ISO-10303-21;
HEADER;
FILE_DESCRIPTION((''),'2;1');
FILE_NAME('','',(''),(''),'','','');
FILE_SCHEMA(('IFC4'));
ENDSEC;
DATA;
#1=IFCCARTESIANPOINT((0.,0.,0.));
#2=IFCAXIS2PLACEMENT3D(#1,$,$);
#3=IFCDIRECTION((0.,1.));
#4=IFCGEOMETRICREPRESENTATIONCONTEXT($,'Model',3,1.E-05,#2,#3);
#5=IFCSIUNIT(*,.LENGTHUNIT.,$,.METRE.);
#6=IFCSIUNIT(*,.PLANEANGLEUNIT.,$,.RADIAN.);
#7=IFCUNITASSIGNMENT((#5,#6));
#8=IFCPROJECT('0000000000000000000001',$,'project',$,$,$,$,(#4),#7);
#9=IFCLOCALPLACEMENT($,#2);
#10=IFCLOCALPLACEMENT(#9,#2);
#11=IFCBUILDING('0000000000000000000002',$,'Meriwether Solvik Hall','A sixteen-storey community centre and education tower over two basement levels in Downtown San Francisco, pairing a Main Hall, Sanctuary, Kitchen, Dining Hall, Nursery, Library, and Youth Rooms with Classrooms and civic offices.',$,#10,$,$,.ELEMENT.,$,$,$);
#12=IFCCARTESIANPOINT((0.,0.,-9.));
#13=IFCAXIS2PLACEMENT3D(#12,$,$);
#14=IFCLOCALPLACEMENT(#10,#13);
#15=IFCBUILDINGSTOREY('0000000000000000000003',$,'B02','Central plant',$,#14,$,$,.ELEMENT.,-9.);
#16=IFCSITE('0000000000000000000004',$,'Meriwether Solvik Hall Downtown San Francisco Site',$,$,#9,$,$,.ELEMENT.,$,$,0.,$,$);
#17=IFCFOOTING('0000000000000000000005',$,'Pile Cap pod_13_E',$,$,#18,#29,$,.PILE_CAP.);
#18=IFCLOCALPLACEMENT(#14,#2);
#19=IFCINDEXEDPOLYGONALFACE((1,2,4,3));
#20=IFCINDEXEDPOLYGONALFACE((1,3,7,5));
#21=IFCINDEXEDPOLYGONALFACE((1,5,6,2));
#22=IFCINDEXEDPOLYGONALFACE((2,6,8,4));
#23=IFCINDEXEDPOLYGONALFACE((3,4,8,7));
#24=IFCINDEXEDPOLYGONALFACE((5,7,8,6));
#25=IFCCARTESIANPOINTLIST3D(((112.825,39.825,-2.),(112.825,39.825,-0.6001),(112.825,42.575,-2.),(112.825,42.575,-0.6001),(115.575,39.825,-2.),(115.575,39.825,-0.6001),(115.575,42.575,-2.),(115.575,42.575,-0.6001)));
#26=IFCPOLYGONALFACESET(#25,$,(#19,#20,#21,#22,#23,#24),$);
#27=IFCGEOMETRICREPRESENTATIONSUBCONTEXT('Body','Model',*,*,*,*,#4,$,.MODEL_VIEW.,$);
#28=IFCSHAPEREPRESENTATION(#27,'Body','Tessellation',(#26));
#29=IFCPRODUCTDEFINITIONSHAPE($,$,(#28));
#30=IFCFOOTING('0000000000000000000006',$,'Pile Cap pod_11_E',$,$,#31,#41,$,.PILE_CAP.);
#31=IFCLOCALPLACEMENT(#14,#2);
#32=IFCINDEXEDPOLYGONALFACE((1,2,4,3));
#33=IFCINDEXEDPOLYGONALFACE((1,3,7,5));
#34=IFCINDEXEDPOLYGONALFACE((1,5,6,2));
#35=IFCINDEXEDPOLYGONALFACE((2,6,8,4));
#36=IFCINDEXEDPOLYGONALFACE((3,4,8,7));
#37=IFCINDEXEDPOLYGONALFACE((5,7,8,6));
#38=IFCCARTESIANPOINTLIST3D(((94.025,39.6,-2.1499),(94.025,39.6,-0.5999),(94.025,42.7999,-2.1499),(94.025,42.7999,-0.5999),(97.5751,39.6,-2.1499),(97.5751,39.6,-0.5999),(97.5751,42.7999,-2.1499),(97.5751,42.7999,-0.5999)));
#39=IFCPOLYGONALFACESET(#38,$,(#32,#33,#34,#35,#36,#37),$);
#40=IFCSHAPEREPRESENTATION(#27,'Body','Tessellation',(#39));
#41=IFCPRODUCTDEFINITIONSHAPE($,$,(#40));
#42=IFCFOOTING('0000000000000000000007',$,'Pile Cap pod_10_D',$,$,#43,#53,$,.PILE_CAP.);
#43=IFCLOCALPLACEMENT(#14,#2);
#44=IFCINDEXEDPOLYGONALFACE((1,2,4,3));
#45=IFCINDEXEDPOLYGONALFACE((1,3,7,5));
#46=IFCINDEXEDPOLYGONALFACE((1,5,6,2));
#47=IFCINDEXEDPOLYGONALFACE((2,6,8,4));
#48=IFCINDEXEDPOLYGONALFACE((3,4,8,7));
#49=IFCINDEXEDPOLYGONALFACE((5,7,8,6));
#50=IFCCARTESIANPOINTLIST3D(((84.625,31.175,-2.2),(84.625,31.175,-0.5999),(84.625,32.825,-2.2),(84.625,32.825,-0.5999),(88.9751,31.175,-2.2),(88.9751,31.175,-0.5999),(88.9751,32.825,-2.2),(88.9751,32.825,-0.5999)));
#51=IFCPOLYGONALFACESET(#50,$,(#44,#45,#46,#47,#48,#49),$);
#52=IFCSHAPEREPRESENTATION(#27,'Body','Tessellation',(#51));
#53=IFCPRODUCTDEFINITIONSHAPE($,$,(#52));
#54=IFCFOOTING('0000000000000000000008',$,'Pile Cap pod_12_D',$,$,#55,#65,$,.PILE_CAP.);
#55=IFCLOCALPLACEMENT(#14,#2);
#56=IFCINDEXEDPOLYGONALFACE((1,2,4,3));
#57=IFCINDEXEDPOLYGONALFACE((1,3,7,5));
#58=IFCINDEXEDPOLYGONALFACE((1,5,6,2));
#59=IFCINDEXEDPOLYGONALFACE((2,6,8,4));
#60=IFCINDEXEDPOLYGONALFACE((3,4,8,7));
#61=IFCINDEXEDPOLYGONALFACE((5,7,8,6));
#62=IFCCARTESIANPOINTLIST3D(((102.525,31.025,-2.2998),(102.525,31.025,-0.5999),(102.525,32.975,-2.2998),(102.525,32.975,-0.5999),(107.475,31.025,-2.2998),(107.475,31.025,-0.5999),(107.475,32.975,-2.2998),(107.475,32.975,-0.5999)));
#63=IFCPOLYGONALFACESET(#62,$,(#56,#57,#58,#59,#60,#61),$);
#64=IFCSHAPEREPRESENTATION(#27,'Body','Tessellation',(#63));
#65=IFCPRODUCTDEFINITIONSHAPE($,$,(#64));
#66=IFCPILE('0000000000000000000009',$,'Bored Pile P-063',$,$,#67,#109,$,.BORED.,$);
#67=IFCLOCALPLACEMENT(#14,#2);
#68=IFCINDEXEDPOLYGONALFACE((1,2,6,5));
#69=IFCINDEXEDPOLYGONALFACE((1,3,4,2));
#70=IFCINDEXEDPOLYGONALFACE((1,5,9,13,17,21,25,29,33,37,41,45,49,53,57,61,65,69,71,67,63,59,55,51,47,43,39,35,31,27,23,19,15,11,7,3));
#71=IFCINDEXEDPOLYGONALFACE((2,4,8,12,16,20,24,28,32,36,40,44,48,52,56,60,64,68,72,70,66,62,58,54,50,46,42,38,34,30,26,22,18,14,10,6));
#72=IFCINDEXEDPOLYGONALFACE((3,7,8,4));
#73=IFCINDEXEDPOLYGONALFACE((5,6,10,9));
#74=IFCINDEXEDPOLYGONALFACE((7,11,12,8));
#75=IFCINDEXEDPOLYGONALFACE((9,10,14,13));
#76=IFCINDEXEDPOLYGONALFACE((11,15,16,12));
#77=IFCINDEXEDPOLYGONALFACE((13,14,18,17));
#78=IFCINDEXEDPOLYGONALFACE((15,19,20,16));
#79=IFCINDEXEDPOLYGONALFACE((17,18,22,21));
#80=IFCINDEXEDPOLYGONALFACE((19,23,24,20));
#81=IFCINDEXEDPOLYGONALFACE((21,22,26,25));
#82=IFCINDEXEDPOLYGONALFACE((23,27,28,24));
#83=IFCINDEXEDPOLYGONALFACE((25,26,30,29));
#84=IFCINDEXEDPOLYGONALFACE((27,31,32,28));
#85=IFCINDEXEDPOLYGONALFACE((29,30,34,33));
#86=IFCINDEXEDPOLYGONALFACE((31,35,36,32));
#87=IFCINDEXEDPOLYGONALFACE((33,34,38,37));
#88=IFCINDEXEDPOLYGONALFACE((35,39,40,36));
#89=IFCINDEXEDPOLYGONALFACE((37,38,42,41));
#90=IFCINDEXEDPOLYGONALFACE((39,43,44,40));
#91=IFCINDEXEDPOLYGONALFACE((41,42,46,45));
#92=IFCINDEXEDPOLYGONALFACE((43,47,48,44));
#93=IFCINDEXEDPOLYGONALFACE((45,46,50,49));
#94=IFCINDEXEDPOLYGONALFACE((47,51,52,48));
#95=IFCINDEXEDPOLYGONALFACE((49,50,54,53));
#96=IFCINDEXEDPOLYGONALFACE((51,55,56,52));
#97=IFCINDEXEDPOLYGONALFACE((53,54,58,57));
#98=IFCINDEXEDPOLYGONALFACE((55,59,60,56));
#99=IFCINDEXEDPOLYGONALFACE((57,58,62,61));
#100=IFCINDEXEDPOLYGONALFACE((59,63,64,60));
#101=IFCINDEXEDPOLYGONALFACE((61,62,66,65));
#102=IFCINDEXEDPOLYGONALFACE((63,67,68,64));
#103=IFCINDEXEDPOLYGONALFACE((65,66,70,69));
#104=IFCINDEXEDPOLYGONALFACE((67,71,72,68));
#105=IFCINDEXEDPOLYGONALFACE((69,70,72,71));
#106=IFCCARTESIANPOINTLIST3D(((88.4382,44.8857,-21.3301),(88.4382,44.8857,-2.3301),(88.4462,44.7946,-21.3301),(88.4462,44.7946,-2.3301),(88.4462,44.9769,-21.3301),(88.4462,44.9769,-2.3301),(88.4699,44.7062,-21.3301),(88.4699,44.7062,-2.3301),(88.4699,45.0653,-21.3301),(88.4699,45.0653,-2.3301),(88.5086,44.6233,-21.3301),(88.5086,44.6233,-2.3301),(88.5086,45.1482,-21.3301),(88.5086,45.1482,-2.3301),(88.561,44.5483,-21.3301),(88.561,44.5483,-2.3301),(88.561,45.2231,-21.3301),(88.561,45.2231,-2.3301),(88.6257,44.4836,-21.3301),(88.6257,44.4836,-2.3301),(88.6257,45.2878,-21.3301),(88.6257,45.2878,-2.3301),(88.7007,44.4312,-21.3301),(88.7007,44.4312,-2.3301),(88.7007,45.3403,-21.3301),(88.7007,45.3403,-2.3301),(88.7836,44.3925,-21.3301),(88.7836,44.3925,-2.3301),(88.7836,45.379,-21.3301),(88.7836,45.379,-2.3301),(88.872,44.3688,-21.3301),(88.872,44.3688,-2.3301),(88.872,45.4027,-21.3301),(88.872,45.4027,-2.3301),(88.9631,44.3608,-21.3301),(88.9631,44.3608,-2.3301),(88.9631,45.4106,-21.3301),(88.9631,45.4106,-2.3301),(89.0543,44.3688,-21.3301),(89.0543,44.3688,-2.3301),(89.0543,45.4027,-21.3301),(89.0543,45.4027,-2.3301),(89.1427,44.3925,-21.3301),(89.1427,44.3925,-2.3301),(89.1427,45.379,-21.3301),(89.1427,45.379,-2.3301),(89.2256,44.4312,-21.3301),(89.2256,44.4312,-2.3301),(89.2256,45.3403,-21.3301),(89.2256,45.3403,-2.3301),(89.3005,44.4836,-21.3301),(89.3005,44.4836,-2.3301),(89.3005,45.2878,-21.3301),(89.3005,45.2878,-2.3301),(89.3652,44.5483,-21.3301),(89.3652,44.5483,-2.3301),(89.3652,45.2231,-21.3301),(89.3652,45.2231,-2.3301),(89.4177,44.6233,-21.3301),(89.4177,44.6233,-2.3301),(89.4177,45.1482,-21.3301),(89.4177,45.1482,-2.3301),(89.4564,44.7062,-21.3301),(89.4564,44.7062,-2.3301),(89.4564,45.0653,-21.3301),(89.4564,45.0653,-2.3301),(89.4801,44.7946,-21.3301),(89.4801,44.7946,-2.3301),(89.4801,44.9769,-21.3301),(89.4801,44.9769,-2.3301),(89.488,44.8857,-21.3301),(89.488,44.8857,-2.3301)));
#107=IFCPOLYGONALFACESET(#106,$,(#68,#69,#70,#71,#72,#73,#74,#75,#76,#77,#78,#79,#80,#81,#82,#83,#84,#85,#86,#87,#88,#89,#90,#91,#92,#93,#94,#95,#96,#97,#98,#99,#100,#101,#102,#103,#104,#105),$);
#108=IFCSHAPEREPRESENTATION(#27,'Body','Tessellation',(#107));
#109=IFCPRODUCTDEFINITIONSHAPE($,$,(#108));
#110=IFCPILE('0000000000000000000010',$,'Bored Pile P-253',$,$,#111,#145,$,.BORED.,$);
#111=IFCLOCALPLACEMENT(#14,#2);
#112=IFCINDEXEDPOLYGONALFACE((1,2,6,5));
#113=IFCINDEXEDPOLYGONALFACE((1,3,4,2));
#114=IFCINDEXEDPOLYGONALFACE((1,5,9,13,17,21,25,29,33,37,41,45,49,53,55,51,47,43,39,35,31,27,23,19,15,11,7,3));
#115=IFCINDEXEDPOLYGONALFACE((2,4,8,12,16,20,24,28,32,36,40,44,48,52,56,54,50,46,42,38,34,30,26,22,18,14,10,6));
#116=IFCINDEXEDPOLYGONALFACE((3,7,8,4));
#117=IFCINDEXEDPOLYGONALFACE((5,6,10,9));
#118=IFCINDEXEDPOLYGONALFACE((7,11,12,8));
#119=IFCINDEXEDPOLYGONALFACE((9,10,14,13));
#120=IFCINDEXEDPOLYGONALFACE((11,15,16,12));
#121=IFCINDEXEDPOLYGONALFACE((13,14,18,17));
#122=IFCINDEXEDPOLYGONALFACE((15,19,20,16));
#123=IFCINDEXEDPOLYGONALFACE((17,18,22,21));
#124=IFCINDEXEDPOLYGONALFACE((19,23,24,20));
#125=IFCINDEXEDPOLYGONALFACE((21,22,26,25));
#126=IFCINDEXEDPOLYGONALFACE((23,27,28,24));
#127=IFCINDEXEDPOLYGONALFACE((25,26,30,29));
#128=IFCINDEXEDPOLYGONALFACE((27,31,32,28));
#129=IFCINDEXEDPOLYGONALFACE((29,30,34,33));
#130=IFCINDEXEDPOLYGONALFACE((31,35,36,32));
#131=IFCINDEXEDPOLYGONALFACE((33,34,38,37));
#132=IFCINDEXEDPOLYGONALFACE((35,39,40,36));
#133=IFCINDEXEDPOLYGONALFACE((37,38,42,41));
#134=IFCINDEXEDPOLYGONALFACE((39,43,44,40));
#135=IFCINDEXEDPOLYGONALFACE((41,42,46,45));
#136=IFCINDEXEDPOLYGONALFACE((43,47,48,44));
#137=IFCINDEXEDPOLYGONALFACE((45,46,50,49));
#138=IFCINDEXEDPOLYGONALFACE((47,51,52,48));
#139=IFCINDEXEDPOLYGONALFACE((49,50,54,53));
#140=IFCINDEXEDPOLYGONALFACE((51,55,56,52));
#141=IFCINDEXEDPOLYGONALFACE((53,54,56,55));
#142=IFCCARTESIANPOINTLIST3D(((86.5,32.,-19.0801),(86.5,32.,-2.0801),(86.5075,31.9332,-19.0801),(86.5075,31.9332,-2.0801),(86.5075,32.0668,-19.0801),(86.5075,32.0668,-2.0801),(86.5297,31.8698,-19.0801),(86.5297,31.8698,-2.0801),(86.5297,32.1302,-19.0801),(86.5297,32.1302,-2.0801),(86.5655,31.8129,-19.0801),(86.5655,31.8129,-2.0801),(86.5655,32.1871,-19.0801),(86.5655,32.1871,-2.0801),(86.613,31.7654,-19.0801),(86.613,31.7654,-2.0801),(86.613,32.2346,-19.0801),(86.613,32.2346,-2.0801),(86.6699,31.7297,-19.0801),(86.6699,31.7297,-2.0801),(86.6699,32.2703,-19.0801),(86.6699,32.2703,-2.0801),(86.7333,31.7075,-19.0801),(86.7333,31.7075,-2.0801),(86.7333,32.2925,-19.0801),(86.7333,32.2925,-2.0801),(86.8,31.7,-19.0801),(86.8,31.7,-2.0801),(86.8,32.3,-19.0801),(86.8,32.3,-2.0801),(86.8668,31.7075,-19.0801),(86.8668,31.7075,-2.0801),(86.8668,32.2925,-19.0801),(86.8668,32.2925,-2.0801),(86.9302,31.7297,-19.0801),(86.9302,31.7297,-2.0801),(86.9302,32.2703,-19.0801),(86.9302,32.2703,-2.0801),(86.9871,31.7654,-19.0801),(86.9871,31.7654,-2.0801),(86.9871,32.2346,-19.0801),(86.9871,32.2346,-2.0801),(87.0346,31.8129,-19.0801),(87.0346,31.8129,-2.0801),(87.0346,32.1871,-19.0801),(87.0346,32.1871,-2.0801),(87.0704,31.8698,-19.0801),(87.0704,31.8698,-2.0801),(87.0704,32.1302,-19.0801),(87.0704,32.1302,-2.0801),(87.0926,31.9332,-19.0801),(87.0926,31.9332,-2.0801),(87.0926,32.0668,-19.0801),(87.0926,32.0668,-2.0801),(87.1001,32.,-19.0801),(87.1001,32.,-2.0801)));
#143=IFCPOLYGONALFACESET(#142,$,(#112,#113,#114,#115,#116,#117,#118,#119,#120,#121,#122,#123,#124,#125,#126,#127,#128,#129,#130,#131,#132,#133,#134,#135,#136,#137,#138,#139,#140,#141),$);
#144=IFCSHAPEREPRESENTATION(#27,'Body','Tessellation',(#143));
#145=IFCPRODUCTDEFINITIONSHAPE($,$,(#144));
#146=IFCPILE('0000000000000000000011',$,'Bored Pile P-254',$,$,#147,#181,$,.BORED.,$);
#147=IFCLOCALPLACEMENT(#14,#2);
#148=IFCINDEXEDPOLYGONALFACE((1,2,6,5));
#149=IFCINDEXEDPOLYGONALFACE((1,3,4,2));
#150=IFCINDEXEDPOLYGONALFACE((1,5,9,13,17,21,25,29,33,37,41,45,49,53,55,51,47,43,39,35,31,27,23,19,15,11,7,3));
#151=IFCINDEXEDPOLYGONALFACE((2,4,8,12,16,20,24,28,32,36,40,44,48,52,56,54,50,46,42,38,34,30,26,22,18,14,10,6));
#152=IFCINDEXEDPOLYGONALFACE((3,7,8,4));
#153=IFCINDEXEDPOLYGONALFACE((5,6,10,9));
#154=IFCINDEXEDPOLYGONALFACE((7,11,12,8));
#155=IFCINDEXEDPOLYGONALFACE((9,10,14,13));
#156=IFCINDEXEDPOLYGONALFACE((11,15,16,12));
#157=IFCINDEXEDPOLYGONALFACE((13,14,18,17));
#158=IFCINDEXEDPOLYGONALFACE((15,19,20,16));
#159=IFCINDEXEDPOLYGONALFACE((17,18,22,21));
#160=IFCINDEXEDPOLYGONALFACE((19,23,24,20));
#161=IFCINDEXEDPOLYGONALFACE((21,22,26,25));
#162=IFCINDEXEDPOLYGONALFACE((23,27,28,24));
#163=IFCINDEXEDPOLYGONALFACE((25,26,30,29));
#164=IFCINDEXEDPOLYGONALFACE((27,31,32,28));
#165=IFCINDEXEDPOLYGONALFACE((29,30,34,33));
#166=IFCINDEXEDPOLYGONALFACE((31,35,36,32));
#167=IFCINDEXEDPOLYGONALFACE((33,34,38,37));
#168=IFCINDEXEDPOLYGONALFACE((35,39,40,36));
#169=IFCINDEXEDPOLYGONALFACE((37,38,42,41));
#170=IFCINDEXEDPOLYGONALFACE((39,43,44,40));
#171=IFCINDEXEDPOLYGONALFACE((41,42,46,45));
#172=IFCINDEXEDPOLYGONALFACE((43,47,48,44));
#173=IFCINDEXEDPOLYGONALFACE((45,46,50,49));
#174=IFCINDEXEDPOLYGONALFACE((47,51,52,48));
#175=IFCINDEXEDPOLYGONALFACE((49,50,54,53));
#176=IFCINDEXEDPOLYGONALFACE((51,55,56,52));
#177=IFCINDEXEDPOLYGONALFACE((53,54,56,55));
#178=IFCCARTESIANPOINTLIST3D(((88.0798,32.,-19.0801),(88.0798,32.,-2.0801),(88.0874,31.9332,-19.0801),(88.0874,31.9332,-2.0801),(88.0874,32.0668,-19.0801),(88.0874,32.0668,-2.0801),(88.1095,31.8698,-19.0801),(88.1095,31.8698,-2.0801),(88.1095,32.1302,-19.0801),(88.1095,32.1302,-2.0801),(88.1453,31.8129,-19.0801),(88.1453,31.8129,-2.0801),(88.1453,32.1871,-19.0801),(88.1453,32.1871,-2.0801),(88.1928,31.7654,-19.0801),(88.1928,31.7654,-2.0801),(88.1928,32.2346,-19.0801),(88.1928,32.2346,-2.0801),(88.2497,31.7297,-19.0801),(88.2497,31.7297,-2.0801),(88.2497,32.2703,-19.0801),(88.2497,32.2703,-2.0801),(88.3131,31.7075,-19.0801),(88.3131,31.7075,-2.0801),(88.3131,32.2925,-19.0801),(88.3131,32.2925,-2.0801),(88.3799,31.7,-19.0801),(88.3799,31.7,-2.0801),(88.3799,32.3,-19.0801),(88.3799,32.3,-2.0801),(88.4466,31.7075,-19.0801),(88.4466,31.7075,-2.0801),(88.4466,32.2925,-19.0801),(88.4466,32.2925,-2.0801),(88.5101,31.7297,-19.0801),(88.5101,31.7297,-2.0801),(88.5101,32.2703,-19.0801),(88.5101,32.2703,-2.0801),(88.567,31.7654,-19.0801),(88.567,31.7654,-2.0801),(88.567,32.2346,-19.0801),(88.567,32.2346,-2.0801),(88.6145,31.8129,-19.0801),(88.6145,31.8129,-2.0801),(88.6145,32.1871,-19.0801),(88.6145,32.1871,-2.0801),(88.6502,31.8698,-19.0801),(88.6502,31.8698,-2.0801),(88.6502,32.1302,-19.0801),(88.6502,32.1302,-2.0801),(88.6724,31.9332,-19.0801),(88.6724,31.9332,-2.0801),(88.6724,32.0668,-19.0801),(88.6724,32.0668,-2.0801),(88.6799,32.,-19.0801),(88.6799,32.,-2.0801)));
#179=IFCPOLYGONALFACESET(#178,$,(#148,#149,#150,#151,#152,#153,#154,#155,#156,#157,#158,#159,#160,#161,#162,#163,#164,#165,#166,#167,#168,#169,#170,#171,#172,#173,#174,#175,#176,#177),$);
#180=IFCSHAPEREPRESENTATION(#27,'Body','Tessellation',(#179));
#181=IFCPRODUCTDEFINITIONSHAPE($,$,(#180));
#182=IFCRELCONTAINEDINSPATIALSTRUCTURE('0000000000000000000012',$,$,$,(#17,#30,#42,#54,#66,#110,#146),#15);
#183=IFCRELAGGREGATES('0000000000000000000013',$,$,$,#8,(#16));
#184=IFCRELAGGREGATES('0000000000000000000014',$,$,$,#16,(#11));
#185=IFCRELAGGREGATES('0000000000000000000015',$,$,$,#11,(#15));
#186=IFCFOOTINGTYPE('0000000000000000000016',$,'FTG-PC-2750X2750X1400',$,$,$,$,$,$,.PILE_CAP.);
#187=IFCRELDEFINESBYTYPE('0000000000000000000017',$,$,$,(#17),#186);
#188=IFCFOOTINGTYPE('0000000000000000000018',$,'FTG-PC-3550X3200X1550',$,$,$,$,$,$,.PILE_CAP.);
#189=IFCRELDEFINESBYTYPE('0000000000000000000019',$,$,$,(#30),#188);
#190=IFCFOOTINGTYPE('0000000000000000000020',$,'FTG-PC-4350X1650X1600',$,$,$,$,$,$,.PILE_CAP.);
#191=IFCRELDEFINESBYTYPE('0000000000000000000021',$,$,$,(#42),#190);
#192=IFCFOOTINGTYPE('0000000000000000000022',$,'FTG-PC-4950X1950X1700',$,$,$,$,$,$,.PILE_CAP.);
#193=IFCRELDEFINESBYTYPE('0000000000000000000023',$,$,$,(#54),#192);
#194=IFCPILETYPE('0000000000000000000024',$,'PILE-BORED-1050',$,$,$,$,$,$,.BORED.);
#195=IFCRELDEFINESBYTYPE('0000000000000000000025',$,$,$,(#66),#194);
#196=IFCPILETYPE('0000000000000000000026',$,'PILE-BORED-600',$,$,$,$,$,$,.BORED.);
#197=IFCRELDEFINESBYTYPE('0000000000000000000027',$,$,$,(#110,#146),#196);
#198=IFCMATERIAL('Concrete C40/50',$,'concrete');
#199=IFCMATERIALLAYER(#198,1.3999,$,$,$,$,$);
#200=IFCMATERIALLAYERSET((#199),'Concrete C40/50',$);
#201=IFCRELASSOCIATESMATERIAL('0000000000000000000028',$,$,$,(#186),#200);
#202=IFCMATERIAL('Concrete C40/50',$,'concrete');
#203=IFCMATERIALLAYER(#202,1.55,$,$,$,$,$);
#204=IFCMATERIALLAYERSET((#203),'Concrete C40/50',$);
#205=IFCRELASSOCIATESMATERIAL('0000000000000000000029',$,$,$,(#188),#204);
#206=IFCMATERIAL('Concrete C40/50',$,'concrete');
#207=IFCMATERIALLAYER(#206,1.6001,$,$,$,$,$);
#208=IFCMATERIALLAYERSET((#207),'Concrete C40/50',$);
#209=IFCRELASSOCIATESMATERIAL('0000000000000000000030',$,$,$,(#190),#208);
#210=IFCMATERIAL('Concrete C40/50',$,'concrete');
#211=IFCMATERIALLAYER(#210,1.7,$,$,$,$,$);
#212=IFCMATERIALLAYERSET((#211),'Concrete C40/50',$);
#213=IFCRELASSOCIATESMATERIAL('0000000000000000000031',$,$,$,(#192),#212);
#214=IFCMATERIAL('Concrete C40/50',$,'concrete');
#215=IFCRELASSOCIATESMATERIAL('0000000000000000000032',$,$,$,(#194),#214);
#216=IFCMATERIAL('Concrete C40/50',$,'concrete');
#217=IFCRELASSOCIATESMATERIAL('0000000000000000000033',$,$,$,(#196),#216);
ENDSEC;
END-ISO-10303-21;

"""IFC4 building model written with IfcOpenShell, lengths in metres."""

from ifc_helpers import new_model, si_unit, direction, frame, origin, origin_2d, place, context, subcontext, project, spatial, rectangle, circle, extrude, material, layer, layer_set, material_profile, profile_set, type_object, element, save


model = new_model("IFC4")

# Units and contexts
model_context = context("Model", 3, precision=1e-05, world=origin(), true_north=direction((0.0, 1.0)))
body_context = subcontext(model_context, "Body", "Model", "MODEL_VIEW")
ifc_project = project(units=[si_unit("LENGTHUNIT", "METRE"), si_unit("PLANEANGLEUNIT", "RADIAN")], contexts=[model_context])

# Site, building, storey
site_placement = place(None, origin())
site = spatial("IfcSite", under=ifc_project, at=site_placement, Name="Meriwether Solvik Hall Downtown San Francisco Site", CompositionType="ELEMENT", RefElevation=0.0)
building_placement = place(site_placement, origin())
building = spatial("IfcBuilding", under=site, at=building_placement, Name="Meriwether Solvik Hall", Description="A sixteen-storey community centre and education tower over two basement levels in Downtown San Francisco, pairing a Main Hall, Sanctuary, Kitchen, Dining Hall, Nursery, Library, and Youth Rooms with Classrooms and civic offices.", CompositionType="ELEMENT")
storey_placement = place(building_placement, frame((0.0, 0.0, -9.0)))
storey = spatial("IfcBuildingStorey", under=building, at=storey_placement, Name="B02", Description="Central plant", CompositionType="ELEMENT", Elevation=-9.0)

# Footings
ifc_material_1 = material(Name="Concrete C40/50", Category="concrete")
ifc_layer_1 = layer(ifc_material_1, 1.3999)
ifc_layer_set_1 = layer_set([ifc_layer_1], Name="Concrete C40/50")
footing_type_1 = type_object("IfcFootingType", Name="FTG-PC-2750X2750X1400", PredefinedType="PILE_CAP", material=ifc_layer_set_1)
footing_1_placement = place(storey_placement, frame((114.2, 41.2, -2.0), z_axis=(0.0, 0.0, 1.0), x_axis=(1.0, 0.0, 0.0)))
element("IfcFooting", 1, at=footing_1_placement, inside=storey, type_object=footing_type_1, Name="Pile Cap pod_13_E", PredefinedType="PILE_CAP", context=body_context, shape_type="SweptSolid", body=[
    extrude(rectangle(XDim=2.75, YDim=2.75, at=origin_2d()), origin(), (0.0, 0.0, 1.0), 1.3999),
])
ifc_material_2 = material(Name="Concrete C40/50", Category="concrete")
ifc_layer_2 = layer(ifc_material_2, 1.55)
ifc_layer_set_2 = layer_set([ifc_layer_2], Name="Concrete C40/50")
footing_type_2 = type_object("IfcFootingType", Name="FTG-PC-3550X3200X1550", PredefinedType="PILE_CAP", material=ifc_layer_set_2)
footing_2_placement = place(storey_placement, frame((95.8, 41.2, -2.1499), z_axis=(0.0, 0.0, 1.0), x_axis=(1.0, 0.0, 0.0)))
element("IfcFooting", 2, at=footing_2_placement, inside=storey, type_object=footing_type_2, Name="Pile Cap pod_11_E", PredefinedType="PILE_CAP", context=body_context, shape_type="SweptSolid", body=[
    extrude(rectangle(XDim=3.55, YDim=3.2, at=origin_2d()), origin(), (0.0, 0.0, 1.0), 1.55),
])
ifc_material_3 = material(Name="Concrete C40/50", Category="concrete")
ifc_layer_3 = layer(ifc_material_3, 1.6001)
ifc_layer_set_3 = layer_set([ifc_layer_3], Name="Concrete C40/50")
footing_type_3 = type_object("IfcFootingType", Name="FTG-PC-4350X1650X1600", PredefinedType="PILE_CAP", material=ifc_layer_set_3)
footing_3_placement = place(storey_placement, frame((86.8, 32.0, -2.2), z_axis=(0.0, 0.0, 1.0), x_axis=(1.0, 0.0, 0.0)))
element("IfcFooting", 3, at=footing_3_placement, inside=storey, type_object=footing_type_3, Name="Pile Cap pod_10_D", PredefinedType="PILE_CAP", context=body_context, shape_type="SweptSolid", body=[
    extrude(rectangle(XDim=4.3501, YDim=1.6499, at=origin_2d()), origin(), (0.0, 0.0, 1.0), 1.6001),
])
ifc_material_4 = material(Name="Concrete C40/50", Category="concrete")
ifc_layer_4 = layer(ifc_material_4, 1.7)
ifc_layer_set_4 = layer_set([ifc_layer_4], Name="Concrete C40/50")
footing_type_4 = type_object("IfcFootingType", Name="FTG-PC-4950X1950X1700", PredefinedType="PILE_CAP", material=ifc_layer_set_4)
footing_4_placement = place(storey_placement, frame((105.0, 32.0, -2.2998), z_axis=(0.0, 0.0, 1.0), x_axis=(1.0, 0.0, 0.0)))
element("IfcFooting", 4, at=footing_4_placement, inside=storey, type_object=footing_type_4, Name="Pile Cap pod_12_D", PredefinedType="PILE_CAP", context=body_context, shape_type="SweptSolid", body=[
    extrude(rectangle(XDim=4.95, YDim=1.95, at=origin_2d()), origin(), (0.0, 0.0, 1.0), 1.7),
])

# Piles
ifc_material_5 = material(Name="Concrete C40/50", Category="concrete")
ifc_material_profile_1 = material_profile(ifc_material_5, circle(Radius=0.5249, at=origin_2d()), Name="PILE-D1050")
ifc_profile_set_1 = profile_set([ifc_material_profile_1], Name="Concrete C40/50")
pile_type_1 = type_object("IfcPileType", Name="PILE-BORED-1050", PredefinedType="BORED", material=ifc_profile_set_1)
pile_placement = place(storey_placement, frame((88.9631, 44.8857, -2.3301), z_axis=(0.0, 0.0, -1.0), x_axis=(1.0, 0.0, 0.0)))
element("IfcPile", 5, at=pile_placement, inside=storey, type_object=pile_type_1, Name="Bored Pile P-063", PredefinedType="BORED", context=body_context, shape_type="SweptSolid", body=[
    extrude(circle(Radius=0.5249, at=origin_2d()), origin(), (0.0, 0.0, 1.0), 19.0),
])
ifc_material_6 = material(Name="Concrete C40/50", Category="concrete")
ifc_material_profile_2 = material_profile(ifc_material_6, circle(Radius=0.3, at=origin_2d()), Name="PILE-D600")
ifc_profile_set_2 = profile_set([ifc_material_profile_2], Name="Concrete C40/50")
pile_type_2 = type_object("IfcPileType", Name="PILE-BORED-600", PredefinedType="BORED", material=ifc_profile_set_2)
for number, where, z_axis, x_axis, name in (
    (6, (86.8, 32.0, -2.0801), (0.0, 0.0, -1.0), (1.0, 0.0, 0.0), "Bored Pile P-253"),
    (7, (88.3799, 32.0, -2.0801), (0.0, 0.0, -1.0), (1.0, 0.0, 0.0), "Bored Pile P-254"),
):
    element("IfcPile", number, at=place(storey_placement, frame(where, z_axis=z_axis, x_axis=x_axis)), inside=storey, type_object=pile_type_2, Name=name, PredefinedType="BORED", context=body_context, shape_type="SweptSolid", body=[
        extrude(circle(Radius=0.3, at=origin_2d()), origin(), (0.0, 0.0, 1.0), 17.0),
    ])

save(model, "model.ifc")
